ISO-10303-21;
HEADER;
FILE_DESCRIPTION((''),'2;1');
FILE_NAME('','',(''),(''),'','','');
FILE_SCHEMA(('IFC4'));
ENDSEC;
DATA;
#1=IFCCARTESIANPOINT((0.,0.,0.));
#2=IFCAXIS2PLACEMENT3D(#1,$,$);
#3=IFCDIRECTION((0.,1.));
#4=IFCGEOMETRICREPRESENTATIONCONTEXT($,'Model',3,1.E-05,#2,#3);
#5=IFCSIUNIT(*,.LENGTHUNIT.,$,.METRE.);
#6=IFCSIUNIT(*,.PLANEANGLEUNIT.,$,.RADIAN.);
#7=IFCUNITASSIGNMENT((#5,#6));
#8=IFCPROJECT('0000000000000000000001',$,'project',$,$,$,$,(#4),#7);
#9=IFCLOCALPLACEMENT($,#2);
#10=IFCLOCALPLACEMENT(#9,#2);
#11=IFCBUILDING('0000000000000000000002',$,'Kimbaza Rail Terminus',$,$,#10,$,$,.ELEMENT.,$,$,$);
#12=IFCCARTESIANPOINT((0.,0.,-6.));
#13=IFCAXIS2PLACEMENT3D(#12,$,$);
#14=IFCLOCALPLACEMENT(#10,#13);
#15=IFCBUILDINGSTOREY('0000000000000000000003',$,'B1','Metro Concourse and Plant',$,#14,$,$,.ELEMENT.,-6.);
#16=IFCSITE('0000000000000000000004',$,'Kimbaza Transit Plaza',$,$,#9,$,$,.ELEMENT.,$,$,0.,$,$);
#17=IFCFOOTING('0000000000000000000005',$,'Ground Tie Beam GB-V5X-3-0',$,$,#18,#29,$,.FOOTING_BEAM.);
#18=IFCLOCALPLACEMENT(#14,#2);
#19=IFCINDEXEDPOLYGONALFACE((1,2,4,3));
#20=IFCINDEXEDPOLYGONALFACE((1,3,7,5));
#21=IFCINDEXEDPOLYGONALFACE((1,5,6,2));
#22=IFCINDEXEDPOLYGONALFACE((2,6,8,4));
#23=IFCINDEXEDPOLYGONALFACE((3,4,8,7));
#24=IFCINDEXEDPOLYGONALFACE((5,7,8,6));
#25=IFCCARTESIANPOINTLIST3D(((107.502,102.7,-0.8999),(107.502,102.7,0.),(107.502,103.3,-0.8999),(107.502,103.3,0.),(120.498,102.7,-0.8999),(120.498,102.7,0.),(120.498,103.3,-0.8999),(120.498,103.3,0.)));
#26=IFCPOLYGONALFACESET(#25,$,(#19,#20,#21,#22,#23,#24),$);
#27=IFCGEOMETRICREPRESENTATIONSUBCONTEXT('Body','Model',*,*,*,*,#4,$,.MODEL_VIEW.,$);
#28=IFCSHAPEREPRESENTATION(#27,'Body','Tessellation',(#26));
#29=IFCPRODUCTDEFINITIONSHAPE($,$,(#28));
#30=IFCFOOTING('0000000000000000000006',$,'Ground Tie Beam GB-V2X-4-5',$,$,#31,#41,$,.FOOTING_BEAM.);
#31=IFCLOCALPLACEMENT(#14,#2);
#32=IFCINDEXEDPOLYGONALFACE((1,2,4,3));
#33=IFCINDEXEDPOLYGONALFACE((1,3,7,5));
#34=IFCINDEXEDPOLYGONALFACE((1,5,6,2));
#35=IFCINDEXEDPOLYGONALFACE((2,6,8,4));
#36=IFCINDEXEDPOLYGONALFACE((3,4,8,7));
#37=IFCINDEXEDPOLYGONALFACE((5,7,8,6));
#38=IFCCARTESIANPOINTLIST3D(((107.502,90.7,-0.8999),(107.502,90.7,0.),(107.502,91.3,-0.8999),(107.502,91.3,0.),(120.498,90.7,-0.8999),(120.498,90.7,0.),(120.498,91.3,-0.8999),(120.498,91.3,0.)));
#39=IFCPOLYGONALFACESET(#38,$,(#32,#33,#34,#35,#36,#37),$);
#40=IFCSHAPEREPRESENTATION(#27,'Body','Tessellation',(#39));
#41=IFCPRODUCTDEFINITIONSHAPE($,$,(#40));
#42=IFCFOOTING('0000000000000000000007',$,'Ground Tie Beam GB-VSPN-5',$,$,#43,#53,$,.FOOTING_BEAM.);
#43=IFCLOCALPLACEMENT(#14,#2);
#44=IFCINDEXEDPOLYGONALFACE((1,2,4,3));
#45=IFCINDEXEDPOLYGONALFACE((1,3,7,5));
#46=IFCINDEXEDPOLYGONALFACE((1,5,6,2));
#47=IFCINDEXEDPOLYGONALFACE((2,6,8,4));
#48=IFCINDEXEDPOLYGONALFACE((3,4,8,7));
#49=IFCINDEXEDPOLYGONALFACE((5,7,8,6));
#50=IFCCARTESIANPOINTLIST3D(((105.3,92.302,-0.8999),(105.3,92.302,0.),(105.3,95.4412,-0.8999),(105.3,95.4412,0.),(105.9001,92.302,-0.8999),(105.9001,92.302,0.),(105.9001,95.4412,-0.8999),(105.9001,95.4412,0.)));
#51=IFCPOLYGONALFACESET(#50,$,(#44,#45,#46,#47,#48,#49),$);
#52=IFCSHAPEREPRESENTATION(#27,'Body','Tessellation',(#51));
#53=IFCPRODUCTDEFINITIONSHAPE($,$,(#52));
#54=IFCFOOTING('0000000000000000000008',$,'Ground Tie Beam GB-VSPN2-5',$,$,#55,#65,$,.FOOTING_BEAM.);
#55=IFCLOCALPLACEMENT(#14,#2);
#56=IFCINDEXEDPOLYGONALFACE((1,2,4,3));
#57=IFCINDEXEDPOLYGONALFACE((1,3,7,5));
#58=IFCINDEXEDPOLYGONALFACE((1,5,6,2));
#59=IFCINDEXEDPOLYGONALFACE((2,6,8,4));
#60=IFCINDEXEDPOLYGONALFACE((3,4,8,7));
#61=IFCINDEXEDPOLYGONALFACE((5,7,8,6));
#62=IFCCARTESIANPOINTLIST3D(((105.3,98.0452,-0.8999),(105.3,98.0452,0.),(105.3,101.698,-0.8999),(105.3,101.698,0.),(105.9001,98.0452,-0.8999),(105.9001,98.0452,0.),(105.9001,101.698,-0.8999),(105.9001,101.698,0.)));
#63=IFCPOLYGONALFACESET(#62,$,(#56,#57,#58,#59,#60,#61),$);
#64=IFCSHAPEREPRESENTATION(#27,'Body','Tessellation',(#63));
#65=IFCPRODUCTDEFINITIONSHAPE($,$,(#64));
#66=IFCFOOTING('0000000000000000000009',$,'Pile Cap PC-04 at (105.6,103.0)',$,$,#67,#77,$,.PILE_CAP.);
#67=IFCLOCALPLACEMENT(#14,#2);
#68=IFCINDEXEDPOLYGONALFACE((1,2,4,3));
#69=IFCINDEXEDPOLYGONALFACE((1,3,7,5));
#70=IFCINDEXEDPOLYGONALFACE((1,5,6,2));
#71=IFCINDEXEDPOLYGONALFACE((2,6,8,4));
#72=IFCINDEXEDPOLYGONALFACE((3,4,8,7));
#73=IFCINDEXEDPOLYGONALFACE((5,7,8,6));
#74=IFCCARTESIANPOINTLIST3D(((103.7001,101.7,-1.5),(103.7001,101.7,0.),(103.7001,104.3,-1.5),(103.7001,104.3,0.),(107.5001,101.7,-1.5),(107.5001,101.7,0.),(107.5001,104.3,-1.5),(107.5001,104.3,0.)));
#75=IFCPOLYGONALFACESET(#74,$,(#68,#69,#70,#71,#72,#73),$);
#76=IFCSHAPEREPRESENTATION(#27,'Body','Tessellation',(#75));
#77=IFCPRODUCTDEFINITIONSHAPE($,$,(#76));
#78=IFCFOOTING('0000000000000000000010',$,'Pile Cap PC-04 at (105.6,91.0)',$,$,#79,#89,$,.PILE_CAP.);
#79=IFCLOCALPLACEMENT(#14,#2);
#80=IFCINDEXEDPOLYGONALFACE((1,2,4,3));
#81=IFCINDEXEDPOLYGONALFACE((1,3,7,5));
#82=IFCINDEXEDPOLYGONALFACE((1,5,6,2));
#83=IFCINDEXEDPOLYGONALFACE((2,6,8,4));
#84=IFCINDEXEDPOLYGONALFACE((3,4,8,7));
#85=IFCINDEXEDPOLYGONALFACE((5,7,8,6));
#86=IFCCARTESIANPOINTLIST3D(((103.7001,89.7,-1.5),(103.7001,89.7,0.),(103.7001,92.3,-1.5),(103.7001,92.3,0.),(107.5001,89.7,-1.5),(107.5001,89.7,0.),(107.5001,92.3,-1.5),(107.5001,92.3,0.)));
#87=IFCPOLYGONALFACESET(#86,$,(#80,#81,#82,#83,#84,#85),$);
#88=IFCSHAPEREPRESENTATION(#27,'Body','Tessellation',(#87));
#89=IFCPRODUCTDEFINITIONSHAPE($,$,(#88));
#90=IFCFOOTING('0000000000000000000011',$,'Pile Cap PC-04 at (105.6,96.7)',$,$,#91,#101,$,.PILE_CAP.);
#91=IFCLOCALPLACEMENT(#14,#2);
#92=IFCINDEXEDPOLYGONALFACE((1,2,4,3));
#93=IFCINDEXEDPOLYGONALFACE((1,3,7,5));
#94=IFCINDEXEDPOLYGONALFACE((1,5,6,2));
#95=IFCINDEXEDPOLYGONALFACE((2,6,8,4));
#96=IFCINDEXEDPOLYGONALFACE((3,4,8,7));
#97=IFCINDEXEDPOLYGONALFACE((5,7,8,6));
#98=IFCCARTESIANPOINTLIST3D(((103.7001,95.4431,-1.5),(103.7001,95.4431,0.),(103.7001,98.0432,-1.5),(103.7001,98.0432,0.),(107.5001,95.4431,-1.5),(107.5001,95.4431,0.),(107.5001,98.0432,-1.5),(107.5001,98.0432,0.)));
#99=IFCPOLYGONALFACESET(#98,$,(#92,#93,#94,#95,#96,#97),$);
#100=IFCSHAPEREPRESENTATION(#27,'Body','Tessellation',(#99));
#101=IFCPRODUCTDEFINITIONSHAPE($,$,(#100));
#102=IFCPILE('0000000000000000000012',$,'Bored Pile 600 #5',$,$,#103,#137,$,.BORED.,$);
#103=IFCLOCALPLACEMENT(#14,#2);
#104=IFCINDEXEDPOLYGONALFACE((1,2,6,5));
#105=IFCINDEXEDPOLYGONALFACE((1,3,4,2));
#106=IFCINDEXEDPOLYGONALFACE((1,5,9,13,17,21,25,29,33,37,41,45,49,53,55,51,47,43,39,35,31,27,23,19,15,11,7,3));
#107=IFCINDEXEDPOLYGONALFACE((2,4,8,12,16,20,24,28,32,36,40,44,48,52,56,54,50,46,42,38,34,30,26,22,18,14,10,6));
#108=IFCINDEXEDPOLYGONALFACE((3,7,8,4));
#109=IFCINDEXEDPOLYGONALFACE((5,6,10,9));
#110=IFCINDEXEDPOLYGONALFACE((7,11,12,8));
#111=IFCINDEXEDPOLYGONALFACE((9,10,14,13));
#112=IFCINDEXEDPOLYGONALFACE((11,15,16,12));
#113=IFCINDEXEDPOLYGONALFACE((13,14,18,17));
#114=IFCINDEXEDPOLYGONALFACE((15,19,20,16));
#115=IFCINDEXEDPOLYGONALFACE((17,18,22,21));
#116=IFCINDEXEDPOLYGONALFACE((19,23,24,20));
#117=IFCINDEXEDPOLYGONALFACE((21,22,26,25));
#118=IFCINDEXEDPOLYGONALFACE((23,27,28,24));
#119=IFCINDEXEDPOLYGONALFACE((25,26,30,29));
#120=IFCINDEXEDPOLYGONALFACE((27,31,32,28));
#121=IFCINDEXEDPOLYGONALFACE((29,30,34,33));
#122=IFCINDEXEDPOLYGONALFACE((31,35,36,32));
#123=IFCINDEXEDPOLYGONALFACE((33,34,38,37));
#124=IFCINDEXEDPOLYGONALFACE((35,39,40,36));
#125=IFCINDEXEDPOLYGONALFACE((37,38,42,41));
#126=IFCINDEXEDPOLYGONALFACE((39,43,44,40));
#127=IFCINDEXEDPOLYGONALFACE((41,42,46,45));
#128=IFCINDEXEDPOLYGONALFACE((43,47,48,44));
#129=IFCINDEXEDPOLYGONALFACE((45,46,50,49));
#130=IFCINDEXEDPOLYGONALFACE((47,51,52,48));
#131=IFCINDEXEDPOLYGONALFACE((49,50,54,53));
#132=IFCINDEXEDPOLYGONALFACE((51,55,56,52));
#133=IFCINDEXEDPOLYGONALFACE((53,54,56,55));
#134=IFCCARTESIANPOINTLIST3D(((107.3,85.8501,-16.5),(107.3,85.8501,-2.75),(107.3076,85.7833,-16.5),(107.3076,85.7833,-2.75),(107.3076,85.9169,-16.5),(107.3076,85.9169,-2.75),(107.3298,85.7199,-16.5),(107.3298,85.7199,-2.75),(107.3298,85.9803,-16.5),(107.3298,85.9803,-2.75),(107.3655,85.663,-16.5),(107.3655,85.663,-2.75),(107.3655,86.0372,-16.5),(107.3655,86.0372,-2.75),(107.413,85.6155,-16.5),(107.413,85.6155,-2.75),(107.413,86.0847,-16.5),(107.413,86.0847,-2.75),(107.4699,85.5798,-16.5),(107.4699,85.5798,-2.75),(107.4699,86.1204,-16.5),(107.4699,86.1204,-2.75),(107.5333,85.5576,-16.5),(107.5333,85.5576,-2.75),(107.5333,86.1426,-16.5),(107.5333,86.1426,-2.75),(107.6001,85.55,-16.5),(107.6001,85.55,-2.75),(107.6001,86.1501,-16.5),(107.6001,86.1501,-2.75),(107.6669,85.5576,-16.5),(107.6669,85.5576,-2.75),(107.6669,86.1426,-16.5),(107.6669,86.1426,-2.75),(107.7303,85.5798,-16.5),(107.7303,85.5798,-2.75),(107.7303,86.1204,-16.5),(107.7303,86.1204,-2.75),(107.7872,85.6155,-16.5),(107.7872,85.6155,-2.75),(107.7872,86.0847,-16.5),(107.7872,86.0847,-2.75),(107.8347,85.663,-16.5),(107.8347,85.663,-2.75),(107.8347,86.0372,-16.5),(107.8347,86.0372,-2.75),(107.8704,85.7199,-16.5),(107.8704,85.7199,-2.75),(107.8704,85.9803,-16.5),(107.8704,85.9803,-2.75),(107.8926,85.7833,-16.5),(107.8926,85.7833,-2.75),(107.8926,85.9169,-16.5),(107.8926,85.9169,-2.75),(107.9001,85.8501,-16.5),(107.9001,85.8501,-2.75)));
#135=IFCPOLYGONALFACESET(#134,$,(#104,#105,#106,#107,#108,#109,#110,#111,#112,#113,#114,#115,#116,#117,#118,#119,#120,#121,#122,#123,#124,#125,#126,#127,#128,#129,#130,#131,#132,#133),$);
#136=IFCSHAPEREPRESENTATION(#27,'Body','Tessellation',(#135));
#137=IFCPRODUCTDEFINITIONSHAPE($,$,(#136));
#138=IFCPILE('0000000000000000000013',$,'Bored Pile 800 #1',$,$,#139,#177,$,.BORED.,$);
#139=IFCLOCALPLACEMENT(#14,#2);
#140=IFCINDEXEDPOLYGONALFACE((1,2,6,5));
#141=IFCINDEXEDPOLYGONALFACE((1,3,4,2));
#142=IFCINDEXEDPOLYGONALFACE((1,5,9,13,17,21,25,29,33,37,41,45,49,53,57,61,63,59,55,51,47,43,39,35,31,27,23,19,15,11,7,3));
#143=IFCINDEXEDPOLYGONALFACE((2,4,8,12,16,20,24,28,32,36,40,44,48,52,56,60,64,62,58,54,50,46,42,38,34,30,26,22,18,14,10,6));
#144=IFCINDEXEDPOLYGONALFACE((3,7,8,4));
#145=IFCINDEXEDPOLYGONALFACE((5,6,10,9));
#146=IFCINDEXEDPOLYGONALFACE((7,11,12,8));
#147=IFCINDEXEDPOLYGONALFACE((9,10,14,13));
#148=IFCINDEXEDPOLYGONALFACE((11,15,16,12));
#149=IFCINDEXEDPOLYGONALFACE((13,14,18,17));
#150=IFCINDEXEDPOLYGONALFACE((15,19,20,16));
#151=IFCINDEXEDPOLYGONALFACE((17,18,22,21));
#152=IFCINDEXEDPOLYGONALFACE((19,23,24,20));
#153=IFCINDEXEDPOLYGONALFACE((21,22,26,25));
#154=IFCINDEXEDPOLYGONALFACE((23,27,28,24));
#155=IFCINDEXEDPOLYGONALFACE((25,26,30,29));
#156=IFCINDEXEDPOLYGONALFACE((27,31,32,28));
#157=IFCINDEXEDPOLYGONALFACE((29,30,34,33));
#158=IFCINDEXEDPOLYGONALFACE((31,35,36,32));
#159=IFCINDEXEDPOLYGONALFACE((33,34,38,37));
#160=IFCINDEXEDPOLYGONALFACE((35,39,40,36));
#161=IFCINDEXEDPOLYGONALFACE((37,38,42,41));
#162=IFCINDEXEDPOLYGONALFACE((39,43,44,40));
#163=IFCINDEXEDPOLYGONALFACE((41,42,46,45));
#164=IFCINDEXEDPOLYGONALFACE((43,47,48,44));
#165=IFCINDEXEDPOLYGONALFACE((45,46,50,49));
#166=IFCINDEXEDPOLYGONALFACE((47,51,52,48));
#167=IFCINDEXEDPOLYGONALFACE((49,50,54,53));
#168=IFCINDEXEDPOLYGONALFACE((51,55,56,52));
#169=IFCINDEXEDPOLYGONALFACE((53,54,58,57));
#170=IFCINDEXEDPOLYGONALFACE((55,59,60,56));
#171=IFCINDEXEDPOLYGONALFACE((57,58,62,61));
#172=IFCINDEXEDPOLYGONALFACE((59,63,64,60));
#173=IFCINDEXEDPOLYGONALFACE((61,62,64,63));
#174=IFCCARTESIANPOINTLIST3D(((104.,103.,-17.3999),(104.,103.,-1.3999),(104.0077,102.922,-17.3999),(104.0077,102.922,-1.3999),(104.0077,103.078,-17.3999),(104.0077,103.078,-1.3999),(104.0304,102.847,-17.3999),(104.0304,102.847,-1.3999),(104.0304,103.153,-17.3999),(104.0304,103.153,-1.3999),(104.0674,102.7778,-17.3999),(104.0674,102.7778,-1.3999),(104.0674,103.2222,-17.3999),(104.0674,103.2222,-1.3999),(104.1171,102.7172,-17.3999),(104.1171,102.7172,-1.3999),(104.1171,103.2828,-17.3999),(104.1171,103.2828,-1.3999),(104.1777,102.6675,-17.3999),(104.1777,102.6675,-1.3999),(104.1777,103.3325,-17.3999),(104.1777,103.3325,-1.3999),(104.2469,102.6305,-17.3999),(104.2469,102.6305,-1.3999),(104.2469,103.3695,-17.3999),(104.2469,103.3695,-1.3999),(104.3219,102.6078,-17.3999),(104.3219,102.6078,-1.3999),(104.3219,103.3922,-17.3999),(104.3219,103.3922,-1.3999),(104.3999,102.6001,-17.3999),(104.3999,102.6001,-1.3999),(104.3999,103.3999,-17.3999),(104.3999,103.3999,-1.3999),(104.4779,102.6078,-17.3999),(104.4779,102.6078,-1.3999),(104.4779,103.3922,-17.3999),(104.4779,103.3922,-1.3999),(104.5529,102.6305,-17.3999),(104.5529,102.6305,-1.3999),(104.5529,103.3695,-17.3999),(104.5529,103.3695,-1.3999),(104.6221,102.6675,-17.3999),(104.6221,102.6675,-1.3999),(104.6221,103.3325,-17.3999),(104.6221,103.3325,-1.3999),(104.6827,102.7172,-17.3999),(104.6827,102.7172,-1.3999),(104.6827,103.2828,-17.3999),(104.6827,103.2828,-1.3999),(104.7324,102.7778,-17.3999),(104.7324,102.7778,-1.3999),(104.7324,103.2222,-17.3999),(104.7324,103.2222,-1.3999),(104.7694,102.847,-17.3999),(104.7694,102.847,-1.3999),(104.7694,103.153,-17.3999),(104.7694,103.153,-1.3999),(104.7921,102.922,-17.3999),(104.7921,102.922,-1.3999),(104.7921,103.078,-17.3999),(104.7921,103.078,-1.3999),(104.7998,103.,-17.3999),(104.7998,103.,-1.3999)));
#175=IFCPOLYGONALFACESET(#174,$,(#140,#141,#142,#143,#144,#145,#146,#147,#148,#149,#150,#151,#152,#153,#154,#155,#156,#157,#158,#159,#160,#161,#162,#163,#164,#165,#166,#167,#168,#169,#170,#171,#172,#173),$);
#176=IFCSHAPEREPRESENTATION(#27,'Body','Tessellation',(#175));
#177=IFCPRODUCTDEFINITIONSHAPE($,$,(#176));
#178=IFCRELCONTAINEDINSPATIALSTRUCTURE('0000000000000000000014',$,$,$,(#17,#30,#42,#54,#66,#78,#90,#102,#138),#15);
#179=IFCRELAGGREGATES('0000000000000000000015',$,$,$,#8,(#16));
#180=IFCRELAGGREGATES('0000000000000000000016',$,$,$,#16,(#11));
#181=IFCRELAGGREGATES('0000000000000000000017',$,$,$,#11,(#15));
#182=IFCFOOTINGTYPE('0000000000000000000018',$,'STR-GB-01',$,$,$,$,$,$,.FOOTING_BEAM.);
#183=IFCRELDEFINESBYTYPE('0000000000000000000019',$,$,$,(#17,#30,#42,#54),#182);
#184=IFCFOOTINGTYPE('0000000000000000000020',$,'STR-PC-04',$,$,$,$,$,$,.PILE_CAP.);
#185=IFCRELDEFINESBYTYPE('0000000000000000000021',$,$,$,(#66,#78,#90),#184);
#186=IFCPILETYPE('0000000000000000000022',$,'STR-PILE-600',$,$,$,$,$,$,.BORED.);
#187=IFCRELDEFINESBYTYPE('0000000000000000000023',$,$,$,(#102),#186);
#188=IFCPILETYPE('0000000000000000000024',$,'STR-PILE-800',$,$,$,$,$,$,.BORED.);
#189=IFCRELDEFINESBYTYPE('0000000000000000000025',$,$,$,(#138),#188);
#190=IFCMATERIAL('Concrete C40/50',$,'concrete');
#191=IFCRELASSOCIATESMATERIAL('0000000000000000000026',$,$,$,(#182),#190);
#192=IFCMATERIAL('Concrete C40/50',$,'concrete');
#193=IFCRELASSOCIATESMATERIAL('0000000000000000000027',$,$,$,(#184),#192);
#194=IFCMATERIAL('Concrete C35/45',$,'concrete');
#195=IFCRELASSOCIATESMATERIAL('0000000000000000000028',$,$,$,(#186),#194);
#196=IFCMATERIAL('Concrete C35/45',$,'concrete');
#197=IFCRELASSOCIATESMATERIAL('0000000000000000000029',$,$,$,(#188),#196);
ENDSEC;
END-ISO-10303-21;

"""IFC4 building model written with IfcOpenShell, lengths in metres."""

from ifc_helpers import new_model, si_unit, direction, frame, origin, origin_2d, place, context, subcontext, project, spatial, rectangle, circle, extrude, material, material_profile, profile_set, type_object, element, save


model = new_model("IFC4")

# Units and contexts
model_context = context("Model", 3, precision=1e-05, world=origin(), true_north=direction((0.0, 1.0)))
body_context = subcontext(model_context, "Body", "Model", "MODEL_VIEW")
ifc_project = project(units=[si_unit("LENGTHUNIT", "METRE"), si_unit("PLANEANGLEUNIT", "RADIAN")], contexts=[model_context])

# Site, building, storey
site_placement = place(None, origin())
site = spatial("IfcSite", under=ifc_project, at=site_placement, Name="Kimbaza Transit Plaza", CompositionType="ELEMENT", RefElevation=0.0)
building_placement = place(site_placement, origin())
building = spatial("IfcBuilding", under=site, at=building_placement, Name="Kimbaza Rail Terminus", CompositionType="ELEMENT")
storey_placement = place(building_placement, frame((0.0, 0.0, -6.0)))
storey = spatial("IfcBuildingStorey", under=building, at=storey_placement, Name="B1", Description="Metro Concourse and Plant", CompositionType="ELEMENT", Elevation=-6.0)

# Footings
ifc_material_1 = material(Name="Concrete C40/50", Category="concrete")
ifc_material_profile_1 = material_profile(ifc_material_1, rectangle(XDim=0.6001, YDim=0.8999, at=origin_2d()), Name="GB-01 600x900")
ifc_profile_set_1 = profile_set([ifc_material_profile_1], Name="Concrete C40/50")
footing_type_1 = type_object("IfcFootingType", Name="STR-GB-01", PredefinedType="FOOTING_BEAM", material=ifc_profile_set_1)
for number, where, z_axis, x_axis, name in (
    (1, (107.502, 103.0, -0.45), (1.0, 0.0, 0.0), (0.0, 1.0, 0.0), "Ground Tie Beam GB-V5X-3-0"),
    (2, (107.502, 91.0, -0.45), (1.0, 0.0, 0.0), (0.0, 1.0, 0.0), "Ground Tie Beam GB-V2X-4-5"),
):
    element("IfcFooting", number, at=place(storey_placement, frame(where, z_axis=z_axis, x_axis=x_axis)), inside=storey, type_object=footing_type_1, Name=name, PredefinedType="FOOTING_BEAM", context=body_context, shape_type="SweptSolid", body=[
        extrude(rectangle(XDim=0.6001, YDim=0.8999, at=origin_2d()), origin(), (0.0, 0.0, 1.0), 12.9961),
    ])
footing_1_placement = place(storey_placement, frame((105.6001, 92.302, -0.45), z_axis=(0.0, 1.0, 0.0), x_axis=(-1.0, 0.0, 0.0)))
element("IfcFooting", 3, at=footing_1_placement, inside=storey, type_object=footing_type_1, Name="Ground Tie Beam GB-VSPN-5", PredefinedType="FOOTING_BEAM", context=body_context, shape_type="SweptSolid", body=[
    extrude(rectangle(XDim=0.6001, YDim=0.8999, at=origin_2d()), origin(), (0.0, 0.0, 1.0), 3.1392),
])
footing_2_placement = place(storey_placement, frame((105.6001, 98.0452, -0.45), z_axis=(0.0, 1.0, 0.0), x_axis=(-1.0, 0.0, 0.0)))
element("IfcFooting", 4, at=footing_2_placement, inside=storey, type_object=footing_type_1, Name="Ground Tie Beam GB-VSPN2-5", PredefinedType="FOOTING_BEAM", context=body_context, shape_type="SweptSolid", body=[
    extrude(rectangle(XDim=0.6001, YDim=0.8999, at=origin_2d()), origin(), (0.0, 0.0, 1.0), 3.6528),
])
ifc_material_2 = material(Name="Concrete C40/50", Category="concrete")
footing_type_2 = type_object("IfcFootingType", Name="STR-PC-04", PredefinedType="PILE_CAP", material=ifc_material_2)
for number, where, z_axis, x_axis, name in (
    (5, (105.6001, 103.0, -1.5), (0.0, 0.0, 1.0), (1.0, 0.0, 0.0), "Pile Cap PC-04 at (105.6,103.0)"),
    (6, (105.6001, 91.0, -1.5), (0.0, 0.0, 1.0), (1.0, 0.0, 0.0), "Pile Cap PC-04 at (105.6,91.0)"),
    (7, (105.6001, 96.7432, -1.5), (0.0, 0.0, 1.0), (1.0, 0.0, 0.0), "Pile Cap PC-04 at (105.6,96.7)"),
):
    element("IfcFooting", number, at=place(storey_placement, frame(where, z_axis=z_axis, x_axis=x_axis)), inside=storey, type_object=footing_type_2, Name=name, PredefinedType="PILE_CAP", context=body_context, shape_type="SweptSolid", body=[
        extrude(rectangle(XDim=3.8, YDim=2.6001, at=origin_2d()), origin(), (0.0, 0.0, 1.0), 1.5),
    ])

# Piles
ifc_material_3 = material(Name="Concrete C35/45", Category="concrete")
ifc_material_profile_2 = material_profile(ifc_material_3, circle(Radius=0.3, at=origin_2d()), Name="BORED PILE 600")
ifc_profile_set_2 = profile_set([ifc_material_profile_2], Name="Concrete C35/45")
pile_type_1 = type_object("IfcPileType", Name="STR-PILE-600", PredefinedType="BORED", material=ifc_profile_set_2)
pile_placement = place(storey_placement, frame((107.6001, 85.8501, -2.75), z_axis=(0.0, 0.0, -1.0), x_axis=(1.0, 0.0, 0.0)))
element("IfcPile", 8, at=pile_placement, inside=storey, type_object=pile_type_1, Name="Bored Pile 600 #5", PredefinedType="BORED", context=body_context, shape_type="SweptSolid", body=[
    extrude(circle(Radius=0.3, at=origin_2d()), origin(), (0.0, 0.0, 1.0), 13.75),
])
ifc_material_4 = material(Name="Concrete C35/45", Category="concrete")
ifc_material_profile_3 = material_profile(ifc_material_4, circle(Radius=0.3999, at=origin_2d()), Name="BORED PILE 800")
ifc_profile_set_3 = profile_set([ifc_material_profile_3], Name="Concrete C35/45")
pile_type_2 = type_object("IfcPileType", Name="STR-PILE-800", PredefinedType="BORED", material=ifc_profile_set_3)
for number, where, z_axis, x_axis, name in (
    (9, (104.3999, 103.0, -1.3999), (0.0, 0.0, -1.0), (1.0, 0.0, 0.0), "Bored Pile 800 #1"),
):
    element("IfcPile", number, at=place(storey_placement, frame(where, z_axis=z_axis, x_axis=x_axis)), inside=storey, type_object=pile_type_2, Name=name, PredefinedType="BORED", context=body_context, shape_type="SweptSolid", body=[
        extrude(circle(Radius=0.3999, at=origin_2d()), origin(), (0.0, 0.0, 1.0), 16.0),
    ])

save(model, "model.ifc")
